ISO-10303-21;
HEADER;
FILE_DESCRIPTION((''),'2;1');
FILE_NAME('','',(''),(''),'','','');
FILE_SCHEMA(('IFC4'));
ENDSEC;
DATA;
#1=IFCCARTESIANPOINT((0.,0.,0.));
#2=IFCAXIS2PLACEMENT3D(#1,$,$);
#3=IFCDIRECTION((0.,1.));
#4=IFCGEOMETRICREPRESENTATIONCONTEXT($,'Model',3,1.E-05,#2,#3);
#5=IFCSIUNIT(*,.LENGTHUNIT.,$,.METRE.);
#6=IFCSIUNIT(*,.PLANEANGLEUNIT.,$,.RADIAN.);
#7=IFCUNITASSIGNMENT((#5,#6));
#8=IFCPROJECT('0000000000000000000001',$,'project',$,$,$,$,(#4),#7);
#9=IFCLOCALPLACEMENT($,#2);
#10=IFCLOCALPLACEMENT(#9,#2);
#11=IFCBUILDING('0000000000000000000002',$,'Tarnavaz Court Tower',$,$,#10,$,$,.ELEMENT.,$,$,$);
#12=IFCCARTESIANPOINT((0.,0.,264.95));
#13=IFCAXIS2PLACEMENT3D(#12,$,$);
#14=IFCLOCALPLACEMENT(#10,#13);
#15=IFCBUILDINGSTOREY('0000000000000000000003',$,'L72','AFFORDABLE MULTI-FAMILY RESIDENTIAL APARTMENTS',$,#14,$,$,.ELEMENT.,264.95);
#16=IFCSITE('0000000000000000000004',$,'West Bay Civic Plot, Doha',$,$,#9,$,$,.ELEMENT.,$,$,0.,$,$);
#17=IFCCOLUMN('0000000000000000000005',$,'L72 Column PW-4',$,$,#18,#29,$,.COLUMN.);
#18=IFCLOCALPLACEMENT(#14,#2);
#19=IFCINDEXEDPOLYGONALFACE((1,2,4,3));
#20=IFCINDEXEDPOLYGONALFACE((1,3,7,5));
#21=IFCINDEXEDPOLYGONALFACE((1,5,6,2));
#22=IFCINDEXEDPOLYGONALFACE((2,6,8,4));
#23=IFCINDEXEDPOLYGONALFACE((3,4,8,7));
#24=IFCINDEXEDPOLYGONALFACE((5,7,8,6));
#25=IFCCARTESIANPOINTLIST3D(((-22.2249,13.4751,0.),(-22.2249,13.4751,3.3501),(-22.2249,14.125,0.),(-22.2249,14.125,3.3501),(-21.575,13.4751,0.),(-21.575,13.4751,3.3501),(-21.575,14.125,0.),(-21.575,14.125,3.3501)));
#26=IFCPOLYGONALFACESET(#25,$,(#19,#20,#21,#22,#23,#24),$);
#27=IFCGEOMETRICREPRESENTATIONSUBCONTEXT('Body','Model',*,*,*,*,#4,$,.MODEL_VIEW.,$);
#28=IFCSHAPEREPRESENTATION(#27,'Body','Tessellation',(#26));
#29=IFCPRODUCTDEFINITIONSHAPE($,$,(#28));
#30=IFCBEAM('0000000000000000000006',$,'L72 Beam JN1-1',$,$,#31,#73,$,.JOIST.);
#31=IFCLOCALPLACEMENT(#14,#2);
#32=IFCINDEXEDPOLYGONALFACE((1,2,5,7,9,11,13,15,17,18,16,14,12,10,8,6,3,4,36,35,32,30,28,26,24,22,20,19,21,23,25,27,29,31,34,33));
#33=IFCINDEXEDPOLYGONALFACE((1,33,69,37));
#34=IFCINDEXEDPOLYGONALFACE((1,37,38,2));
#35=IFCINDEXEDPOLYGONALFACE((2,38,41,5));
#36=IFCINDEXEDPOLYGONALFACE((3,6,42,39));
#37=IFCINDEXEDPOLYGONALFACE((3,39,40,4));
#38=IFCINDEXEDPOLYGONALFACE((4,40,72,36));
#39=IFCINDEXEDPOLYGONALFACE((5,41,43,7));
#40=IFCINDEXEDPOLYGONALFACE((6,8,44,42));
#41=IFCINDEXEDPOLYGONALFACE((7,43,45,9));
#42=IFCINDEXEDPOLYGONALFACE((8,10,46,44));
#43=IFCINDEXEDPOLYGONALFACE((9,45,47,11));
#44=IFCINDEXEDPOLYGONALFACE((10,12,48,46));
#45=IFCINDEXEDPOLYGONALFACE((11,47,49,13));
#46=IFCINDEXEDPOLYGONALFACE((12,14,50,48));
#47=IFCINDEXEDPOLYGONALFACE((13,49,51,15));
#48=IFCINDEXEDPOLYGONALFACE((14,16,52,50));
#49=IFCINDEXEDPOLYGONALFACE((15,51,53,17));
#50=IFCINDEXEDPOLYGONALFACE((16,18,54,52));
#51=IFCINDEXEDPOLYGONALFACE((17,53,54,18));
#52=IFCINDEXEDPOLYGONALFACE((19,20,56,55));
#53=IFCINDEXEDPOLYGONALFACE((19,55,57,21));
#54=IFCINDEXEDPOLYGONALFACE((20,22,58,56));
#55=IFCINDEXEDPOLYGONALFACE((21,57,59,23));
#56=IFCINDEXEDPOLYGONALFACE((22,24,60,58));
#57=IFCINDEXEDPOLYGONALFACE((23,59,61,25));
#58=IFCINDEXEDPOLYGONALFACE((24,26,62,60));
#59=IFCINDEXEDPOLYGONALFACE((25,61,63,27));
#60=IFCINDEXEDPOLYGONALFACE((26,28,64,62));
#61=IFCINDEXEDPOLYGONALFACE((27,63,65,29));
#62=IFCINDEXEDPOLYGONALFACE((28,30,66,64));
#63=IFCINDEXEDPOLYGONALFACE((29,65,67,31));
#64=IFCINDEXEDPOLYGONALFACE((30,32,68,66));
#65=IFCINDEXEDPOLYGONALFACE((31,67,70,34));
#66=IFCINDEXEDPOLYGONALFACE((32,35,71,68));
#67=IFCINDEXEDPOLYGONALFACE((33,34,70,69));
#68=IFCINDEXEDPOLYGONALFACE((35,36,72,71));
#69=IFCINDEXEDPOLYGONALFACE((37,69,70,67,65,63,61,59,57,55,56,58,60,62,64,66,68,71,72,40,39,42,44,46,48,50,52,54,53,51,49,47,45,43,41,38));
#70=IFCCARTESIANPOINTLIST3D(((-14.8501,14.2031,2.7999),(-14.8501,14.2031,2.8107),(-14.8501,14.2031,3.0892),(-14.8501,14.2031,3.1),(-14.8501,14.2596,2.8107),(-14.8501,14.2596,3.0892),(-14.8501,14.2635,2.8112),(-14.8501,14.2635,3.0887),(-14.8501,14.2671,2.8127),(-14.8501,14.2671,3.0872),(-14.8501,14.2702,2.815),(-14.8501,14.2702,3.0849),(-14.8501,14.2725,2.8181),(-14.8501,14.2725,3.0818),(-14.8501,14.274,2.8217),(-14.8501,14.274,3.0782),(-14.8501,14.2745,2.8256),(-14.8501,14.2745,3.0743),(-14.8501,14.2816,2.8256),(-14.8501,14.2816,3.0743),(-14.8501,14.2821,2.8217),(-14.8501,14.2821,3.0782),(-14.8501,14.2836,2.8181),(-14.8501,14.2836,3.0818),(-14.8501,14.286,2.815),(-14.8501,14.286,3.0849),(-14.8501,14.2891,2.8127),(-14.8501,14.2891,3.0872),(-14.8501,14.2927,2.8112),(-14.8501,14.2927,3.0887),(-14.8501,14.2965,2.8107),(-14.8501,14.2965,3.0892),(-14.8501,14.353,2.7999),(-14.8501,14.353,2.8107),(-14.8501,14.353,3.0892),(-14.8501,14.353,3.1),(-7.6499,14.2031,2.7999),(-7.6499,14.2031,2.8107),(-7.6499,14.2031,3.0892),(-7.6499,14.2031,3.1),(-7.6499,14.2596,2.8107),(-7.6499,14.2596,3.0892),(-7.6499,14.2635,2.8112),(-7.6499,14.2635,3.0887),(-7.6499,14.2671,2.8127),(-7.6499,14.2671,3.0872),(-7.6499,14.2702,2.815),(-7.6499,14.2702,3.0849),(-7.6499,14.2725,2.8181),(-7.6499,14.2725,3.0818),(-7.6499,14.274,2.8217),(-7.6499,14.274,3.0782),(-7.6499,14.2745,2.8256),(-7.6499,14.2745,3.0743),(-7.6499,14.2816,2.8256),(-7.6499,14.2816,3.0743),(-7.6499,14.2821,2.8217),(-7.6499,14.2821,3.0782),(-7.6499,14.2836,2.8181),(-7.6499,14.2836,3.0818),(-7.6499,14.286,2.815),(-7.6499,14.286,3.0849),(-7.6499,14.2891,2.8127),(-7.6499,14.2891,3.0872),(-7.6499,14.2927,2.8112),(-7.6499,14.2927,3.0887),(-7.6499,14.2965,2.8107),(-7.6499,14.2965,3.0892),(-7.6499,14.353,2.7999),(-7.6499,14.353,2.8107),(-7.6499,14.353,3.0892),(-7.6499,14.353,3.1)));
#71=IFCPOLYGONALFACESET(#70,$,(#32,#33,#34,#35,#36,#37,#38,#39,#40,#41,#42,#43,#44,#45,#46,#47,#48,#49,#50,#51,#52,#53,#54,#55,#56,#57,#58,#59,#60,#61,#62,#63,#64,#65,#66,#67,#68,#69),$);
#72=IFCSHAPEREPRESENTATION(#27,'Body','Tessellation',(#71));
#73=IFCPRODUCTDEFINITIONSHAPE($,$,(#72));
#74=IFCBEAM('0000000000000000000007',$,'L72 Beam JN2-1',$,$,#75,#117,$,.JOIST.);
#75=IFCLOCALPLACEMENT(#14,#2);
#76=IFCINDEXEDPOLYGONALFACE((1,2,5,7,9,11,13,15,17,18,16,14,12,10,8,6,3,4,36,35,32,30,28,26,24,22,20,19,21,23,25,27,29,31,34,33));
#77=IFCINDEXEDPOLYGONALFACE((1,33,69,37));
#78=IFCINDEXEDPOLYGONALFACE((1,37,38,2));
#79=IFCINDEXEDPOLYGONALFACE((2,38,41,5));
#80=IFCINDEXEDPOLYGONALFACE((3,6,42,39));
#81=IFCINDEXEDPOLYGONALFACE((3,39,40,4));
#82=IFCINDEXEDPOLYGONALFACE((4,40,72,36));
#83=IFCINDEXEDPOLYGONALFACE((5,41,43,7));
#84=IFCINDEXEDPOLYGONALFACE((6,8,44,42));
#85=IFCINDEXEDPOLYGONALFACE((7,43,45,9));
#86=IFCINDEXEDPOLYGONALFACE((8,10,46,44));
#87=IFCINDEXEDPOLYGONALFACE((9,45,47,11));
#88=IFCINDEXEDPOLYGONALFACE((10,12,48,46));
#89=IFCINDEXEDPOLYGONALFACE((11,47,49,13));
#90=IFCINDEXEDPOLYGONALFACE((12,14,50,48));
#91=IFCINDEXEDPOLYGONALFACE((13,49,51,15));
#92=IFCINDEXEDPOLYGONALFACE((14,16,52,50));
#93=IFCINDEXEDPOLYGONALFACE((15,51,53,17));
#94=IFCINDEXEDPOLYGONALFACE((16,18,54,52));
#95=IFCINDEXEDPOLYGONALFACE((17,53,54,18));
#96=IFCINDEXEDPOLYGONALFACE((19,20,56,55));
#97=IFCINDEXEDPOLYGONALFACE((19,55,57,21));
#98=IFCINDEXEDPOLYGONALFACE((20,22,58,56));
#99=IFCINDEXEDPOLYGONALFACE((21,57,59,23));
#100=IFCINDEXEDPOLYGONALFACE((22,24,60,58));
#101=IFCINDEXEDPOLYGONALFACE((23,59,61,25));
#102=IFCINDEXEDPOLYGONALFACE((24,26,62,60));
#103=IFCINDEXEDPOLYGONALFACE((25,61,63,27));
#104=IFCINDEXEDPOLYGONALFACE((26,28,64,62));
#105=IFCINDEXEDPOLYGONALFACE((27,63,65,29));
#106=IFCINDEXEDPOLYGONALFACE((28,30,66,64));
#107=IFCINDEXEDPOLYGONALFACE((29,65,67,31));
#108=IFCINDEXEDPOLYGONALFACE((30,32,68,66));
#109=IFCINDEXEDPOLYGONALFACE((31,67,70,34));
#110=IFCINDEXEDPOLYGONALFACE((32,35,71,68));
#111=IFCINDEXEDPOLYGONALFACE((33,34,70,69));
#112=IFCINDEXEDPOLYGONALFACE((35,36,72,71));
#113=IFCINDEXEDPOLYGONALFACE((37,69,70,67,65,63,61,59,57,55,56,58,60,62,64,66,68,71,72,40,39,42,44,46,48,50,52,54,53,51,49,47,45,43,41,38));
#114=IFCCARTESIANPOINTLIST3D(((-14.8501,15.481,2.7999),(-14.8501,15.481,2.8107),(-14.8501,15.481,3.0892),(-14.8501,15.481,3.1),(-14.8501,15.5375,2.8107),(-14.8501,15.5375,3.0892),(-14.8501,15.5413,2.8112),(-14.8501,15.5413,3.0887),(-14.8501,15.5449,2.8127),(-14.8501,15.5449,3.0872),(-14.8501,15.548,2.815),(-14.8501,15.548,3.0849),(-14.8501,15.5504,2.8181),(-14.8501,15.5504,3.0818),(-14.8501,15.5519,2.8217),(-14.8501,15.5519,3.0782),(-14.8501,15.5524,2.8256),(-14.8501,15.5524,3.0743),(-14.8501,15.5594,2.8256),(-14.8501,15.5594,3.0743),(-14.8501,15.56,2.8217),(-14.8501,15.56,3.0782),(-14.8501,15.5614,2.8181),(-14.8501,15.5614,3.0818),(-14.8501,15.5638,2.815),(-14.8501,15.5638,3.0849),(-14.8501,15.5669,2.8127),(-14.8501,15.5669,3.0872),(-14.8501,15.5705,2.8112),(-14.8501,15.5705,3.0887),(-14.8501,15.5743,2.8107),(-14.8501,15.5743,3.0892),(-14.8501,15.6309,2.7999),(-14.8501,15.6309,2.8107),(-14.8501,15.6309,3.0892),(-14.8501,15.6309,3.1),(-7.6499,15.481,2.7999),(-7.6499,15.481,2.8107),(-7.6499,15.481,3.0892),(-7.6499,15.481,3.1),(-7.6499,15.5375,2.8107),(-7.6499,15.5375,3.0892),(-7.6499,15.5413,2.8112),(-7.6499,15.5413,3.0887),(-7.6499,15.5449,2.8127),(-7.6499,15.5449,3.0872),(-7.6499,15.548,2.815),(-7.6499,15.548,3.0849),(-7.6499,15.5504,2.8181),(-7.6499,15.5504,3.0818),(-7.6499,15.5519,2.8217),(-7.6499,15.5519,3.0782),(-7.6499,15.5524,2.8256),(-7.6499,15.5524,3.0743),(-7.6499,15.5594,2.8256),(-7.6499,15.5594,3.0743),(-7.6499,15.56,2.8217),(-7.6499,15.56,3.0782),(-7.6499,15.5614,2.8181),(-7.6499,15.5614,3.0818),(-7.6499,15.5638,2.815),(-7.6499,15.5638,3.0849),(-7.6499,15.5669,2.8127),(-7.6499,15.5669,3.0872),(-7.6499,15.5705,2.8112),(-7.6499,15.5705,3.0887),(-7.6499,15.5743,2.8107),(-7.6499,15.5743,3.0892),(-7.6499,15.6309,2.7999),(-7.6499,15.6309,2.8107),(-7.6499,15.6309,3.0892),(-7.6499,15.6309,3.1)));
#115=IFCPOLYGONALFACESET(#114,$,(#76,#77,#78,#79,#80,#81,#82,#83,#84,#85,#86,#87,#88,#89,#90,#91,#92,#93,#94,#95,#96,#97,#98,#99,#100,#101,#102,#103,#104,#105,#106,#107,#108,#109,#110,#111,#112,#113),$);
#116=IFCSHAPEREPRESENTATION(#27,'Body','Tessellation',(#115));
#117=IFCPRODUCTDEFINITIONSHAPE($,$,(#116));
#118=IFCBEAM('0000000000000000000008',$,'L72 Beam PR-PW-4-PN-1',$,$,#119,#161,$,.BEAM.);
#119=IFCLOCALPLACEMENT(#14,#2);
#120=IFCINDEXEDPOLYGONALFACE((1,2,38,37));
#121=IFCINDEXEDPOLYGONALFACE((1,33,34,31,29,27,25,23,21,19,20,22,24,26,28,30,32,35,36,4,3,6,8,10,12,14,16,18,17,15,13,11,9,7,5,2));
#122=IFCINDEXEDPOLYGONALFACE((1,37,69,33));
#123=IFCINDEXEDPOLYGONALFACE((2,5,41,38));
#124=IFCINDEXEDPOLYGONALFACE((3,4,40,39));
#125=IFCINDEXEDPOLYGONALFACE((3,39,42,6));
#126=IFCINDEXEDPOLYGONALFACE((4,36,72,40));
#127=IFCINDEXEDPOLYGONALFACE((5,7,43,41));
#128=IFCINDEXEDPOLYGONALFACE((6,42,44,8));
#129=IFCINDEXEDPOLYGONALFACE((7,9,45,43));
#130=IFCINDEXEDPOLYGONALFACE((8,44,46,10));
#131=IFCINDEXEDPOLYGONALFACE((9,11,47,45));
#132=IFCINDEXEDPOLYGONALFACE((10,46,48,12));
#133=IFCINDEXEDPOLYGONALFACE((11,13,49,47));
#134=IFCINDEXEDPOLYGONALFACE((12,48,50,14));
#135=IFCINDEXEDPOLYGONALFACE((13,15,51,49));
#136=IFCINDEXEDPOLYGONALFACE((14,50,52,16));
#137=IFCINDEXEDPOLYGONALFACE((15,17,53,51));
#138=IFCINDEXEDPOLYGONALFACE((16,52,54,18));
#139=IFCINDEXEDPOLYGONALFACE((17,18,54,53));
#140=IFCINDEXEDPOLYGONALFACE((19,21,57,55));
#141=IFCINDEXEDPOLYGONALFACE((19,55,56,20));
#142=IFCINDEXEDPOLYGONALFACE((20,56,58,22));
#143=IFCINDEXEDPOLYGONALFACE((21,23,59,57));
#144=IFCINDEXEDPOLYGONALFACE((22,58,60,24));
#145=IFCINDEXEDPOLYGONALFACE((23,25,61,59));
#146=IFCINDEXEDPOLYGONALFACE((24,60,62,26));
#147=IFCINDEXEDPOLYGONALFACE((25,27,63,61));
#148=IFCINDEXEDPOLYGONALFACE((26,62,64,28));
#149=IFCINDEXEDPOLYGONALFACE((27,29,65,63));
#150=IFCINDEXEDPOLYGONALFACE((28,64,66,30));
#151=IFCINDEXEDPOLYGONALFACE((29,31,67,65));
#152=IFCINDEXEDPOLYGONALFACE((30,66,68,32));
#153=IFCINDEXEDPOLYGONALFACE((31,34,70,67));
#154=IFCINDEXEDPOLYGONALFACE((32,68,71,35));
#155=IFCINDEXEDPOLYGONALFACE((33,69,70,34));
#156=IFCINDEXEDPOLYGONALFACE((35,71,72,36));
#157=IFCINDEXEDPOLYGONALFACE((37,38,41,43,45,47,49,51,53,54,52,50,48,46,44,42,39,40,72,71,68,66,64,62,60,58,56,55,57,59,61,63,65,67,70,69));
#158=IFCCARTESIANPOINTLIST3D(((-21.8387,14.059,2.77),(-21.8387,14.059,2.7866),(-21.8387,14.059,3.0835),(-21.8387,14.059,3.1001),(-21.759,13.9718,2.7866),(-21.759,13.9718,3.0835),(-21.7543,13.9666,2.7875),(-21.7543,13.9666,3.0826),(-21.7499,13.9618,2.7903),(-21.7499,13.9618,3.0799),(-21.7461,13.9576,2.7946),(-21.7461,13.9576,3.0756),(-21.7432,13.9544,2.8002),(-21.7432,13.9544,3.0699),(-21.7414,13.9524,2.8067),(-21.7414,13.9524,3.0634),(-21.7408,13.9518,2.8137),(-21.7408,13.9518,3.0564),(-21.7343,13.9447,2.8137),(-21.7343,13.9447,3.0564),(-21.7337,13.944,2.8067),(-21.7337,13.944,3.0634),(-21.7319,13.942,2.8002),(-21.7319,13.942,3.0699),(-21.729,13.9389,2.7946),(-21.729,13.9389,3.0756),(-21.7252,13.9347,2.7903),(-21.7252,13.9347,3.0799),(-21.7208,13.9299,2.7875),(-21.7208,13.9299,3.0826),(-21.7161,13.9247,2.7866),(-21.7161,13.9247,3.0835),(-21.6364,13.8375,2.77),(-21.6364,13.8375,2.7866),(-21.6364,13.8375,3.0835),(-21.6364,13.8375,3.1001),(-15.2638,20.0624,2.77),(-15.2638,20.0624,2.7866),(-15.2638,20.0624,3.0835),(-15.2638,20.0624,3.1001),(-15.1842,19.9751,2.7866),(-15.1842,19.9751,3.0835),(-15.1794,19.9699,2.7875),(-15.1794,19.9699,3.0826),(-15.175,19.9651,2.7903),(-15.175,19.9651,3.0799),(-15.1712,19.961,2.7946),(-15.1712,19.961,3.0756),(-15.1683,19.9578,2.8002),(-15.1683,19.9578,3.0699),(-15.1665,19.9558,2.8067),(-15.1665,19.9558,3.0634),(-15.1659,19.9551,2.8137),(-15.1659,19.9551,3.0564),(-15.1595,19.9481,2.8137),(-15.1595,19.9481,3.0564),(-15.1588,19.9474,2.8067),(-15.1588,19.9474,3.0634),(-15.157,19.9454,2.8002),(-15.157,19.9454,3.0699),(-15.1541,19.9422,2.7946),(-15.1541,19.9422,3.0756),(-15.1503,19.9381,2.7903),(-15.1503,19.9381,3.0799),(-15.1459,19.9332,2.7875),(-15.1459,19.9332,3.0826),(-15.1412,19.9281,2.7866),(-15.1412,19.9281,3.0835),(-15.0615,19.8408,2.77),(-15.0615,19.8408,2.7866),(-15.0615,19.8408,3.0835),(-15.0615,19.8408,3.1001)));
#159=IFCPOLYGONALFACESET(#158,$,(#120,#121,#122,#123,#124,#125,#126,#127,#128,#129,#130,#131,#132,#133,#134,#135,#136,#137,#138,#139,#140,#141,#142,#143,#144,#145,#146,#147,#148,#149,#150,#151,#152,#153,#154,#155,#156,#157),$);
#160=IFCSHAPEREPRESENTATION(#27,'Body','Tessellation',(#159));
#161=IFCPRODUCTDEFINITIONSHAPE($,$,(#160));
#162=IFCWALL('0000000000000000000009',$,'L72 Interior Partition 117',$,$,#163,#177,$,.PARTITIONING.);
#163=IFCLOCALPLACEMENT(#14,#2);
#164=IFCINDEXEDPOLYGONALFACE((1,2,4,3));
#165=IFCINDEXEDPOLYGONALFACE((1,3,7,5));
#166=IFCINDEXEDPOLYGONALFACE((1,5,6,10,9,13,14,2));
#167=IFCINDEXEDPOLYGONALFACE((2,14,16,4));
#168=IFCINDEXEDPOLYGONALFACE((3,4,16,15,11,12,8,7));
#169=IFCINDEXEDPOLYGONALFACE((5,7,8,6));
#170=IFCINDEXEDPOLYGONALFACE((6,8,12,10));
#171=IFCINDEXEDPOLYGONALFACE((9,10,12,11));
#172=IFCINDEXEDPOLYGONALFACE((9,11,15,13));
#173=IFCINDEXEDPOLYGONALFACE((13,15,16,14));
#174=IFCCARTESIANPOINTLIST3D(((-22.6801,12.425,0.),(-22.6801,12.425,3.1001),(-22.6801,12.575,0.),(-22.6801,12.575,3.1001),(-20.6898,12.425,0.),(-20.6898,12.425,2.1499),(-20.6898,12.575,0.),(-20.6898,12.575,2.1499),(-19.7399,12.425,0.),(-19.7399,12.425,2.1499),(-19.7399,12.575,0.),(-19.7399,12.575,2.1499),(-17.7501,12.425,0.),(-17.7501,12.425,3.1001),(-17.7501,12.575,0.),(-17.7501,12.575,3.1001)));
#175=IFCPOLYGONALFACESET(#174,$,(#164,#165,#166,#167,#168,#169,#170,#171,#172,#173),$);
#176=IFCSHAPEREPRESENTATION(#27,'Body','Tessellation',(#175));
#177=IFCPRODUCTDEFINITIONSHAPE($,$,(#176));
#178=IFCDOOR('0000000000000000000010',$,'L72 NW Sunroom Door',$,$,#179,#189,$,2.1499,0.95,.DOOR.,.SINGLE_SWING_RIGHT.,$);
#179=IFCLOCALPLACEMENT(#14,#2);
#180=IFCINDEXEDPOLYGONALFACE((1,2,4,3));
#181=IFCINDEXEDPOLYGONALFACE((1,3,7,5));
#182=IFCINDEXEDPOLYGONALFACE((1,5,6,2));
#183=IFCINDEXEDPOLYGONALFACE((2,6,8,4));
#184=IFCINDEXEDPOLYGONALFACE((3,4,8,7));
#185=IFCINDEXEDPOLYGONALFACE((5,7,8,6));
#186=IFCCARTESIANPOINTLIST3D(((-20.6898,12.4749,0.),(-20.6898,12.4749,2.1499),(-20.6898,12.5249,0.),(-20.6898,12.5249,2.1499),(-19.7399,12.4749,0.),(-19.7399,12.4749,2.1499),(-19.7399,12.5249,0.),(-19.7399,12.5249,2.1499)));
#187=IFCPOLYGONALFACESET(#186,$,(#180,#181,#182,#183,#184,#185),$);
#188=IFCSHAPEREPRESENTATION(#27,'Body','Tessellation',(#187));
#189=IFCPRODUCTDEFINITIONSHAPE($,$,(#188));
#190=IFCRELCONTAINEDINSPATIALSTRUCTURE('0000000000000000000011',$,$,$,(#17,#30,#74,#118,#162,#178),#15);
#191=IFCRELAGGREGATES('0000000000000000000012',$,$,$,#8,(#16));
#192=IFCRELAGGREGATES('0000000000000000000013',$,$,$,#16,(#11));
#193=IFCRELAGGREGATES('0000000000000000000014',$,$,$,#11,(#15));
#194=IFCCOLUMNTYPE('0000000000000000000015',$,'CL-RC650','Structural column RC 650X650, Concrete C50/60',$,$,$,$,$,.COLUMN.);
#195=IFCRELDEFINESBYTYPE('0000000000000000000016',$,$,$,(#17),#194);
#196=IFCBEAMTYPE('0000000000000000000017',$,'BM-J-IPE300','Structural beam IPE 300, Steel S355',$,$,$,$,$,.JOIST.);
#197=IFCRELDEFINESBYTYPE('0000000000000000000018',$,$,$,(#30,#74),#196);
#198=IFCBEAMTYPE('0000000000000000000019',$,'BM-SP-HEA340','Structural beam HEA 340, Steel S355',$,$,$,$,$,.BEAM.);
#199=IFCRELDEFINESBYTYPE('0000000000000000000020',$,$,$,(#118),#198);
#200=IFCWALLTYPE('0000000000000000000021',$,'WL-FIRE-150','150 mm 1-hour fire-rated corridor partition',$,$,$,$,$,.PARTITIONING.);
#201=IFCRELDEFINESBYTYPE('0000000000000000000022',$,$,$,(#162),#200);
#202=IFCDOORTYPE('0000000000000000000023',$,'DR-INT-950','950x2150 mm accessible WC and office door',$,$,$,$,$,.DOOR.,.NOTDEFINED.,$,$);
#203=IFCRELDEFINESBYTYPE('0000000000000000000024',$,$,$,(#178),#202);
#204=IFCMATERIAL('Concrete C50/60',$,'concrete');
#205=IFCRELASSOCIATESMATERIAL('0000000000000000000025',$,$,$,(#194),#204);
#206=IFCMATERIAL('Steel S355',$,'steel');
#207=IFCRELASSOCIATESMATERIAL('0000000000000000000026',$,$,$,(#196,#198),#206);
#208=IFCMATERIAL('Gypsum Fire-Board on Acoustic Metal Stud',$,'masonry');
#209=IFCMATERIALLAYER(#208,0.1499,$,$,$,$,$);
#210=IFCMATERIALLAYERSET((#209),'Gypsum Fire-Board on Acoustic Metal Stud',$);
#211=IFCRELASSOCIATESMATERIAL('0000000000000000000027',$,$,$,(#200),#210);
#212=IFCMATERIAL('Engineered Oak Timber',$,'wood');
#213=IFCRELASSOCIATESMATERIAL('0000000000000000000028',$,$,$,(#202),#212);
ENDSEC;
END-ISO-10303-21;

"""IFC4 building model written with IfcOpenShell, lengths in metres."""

from ifc_helpers import new_model, si_unit, direction, frame, frame_2d, origin, origin_2d, place, context, subcontext, project, spatial, rectangle, i_section, extrude, material, layer, layer_set, material_profile, profile_set, type_object, element, fill, save


model = new_model("IFC4")

# Units and contexts
model_context = context("Model", 3, precision=1e-05, world=origin(), true_north=direction((0.0, 1.0)))
body_context = subcontext(model_context, "Body", "Model", "MODEL_VIEW")
ifc_project = project(units=[si_unit("LENGTHUNIT", "METRE"), si_unit("PLANEANGLEUNIT", "RADIAN")], contexts=[model_context])

# Site, building, storey
site_placement = place(None, origin())
site = spatial("IfcSite", under=ifc_project, at=site_placement, Name="West Bay Civic Plot, Doha", CompositionType="ELEMENT", RefElevation=0.0)
building_placement = place(site_placement, origin())
building = spatial("IfcBuilding", under=site, at=building_placement, Name="Tarnavaz Court Tower", CompositionType="ELEMENT")
storey_placement = place(building_placement, frame((0.0, 0.0, 264.95)))
storey = spatial("IfcBuildingStorey", under=building, at=storey_placement, Name="L72", Description="AFFORDABLE MULTI-FAMILY RESIDENTIAL APARTMENTS", CompositionType="ELEMENT", Elevation=264.95)

# Column
ifc_material_1 = material(Name="Concrete C50/60", Category="concrete")
ifc_material_profile_1 = material_profile(ifc_material_1, rectangle(XDim=0.6499, YDim=0.6499, at=origin_2d()), Name="RC 650X650")
ifc_profile_set_1 = profile_set([ifc_material_profile_1], Name="Concrete C50/60")
column_type = type_object("IfcColumnType", Name="CL-RC650", Description="Structural column RC 650X650, Concrete C50/60", PredefinedType="COLUMN", material=ifc_profile_set_1)
column_placement = place(storey_placement, frame((-21.8999, 13.8, 0.0), z_axis=(0.0, 0.0, 1.0), x_axis=(1.0, 0.0, 0.0)))
element("IfcColumn", 1, at=column_placement, inside=storey, type_object=column_type, Name="L72 Column PW-4", PredefinedType="COLUMN", context=body_context, shape_type="SweptSolid", body=[
    extrude(rectangle(XDim=0.6499, YDim=0.6499, at=origin_2d()), origin(), (0.0, 0.0, 1.0), 3.3501),
])

# Beams
ifc_material_2 = material(Name="Steel S355", Category="steel")
ifc_material_profile_2 = material_profile(ifc_material_2, i_section(OverallWidth=0.1499, OverallDepth=0.3, WebThickness=0.0071, FlangeThickness=0.0107, FilletRadius=0.0149, at=origin_2d()), Name="IPE 300")
ifc_profile_set_2 = profile_set([ifc_material_profile_2], Name="Steel S355")
beam_type_1 = type_object("IfcBeamType", Name="BM-J-IPE300", Description="Structural beam IPE 300, Steel S355", PredefinedType="JOIST", material=ifc_profile_set_2)
for number, where, z_axis, x_axis, name in (
    (2, (-14.8501, 14.2781, 2.95), (1.0, 0.0, 0.0), (0.0, 1.0, 0.0), "L72 Beam JN1-1"),
    (3, (-14.8501, 15.5559, 2.95), (1.0, 0.0, 0.0), (0.0, 1.0, 0.0), "L72 Beam JN2-1"),
):
    element("IfcBeam", number, at=place(storey_placement, frame(where, z_axis=z_axis, x_axis=x_axis)), inside=storey, type_object=beam_type_1, Name=name, PredefinedType="JOIST", context=body_context, shape_type="SweptSolid", body=[
        extrude(i_section(OverallWidth=0.1499, OverallDepth=0.3, WebThickness=0.0071, FlangeThickness=0.0107, FilletRadius=0.0149, at=origin_2d()), origin(), (0.0, 0.0, 1.0), 7.2002),
    ])
ifc_material_profile_3 = material_profile(ifc_material_2, i_section(OverallWidth=0.3, OverallDepth=0.3301, WebThickness=0.0095, FlangeThickness=0.0166, FilletRadius=0.0271, at=origin_2d()), Name="HEA 340")
ifc_profile_set_3 = profile_set([ifc_material_profile_3], Name="Steel S355")
beam_type_2 = type_object("IfcBeamType", Name="BM-SP-HEA340", Description="Structural beam HEA 340, Steel S355", PredefinedType="BEAM", material=ifc_profile_set_3)
beam_placement = place(storey_placement, frame((-21.7375, 13.9482, 2.9351), z_axis=(0.738474, 0.674282, 0.0), x_axis=(-0.674282, 0.738474, 0.0)))
element("IfcBeam", 4, at=beam_placement, inside=storey, type_object=beam_type_2, Name="L72 Beam PR-PW-4-PN-1", PredefinedType="BEAM", context=body_context, shape_type="SweptSolid", body=[
    extrude(i_section(OverallWidth=0.3, OverallDepth=0.3301, WebThickness=0.0095, FlangeThickness=0.0166, FilletRadius=0.0271, at=origin_2d()), origin(), (0.0, 0.0, 1.0), 8.9033),
])

# Shared definitions
ifc_material_3 = material(Name="Gypsum Fire-Board on Acoustic Metal Stud", Category="masonry")
ifc_layer_1 = layer(ifc_material_3, 0.1499)
ifc_layer_set_1 = layer_set([ifc_layer_1], Name="Gypsum Fire-Board on Acoustic Metal Stud")
wall_type_1 = type_object("IfcWallType", Name="WL-FIRE-150", Description="150 mm 1-hour fire-rated corridor partition", PredefinedType="PARTITIONING", material=ifc_layer_set_1)

# Wall, opening, door
wall_1_placement = place(storey_placement, frame((-22.6799, 12.5, 0.0), z_axis=(0.0, 0.0, 1.0), x_axis=(1.0, 0.0, 0.0)))
wall_1 = element("IfcWall", 5, at=wall_1_placement, inside=storey, type_object=wall_type_1, Name="L72 Interior Partition 117", PredefinedType="PARTITIONING", context=body_context, shape_type="SweptSolid", body=[
    extrude(rectangle(XDim=4.9299, YDim=0.1499, at=frame_2d((2.4648, 0.0))), origin(), (0.0, 0.0, 1.0), 3.1001),
])
opening_1_placement = place(wall_1_placement, frame((1.99, 0.0, 0.0)))
opening_1 = element("IfcOpeningElement", 6, at=opening_1_placement, cuts=wall_1, PredefinedType="OPENING", context=body_context, shape_type="SweptSolid", body=[
    extrude(rectangle(XDim=0.95, YDim=2.1499, at=frame_2d((0.4751, 1.075))), frame((0.0, 0.085, 0.0), z_axis=(0.0, -1.0, 0.0), x_axis=(1.0, 0.0, 0.0)), (0.0, 0.0, 1.0), 0.1699),
])
ifc_material_4 = material(Name="Engineered Oak Timber", Category="wood")
door_type_1 = type_object("IfcDoorType", Name="DR-INT-950", Description="950x2150 mm accessible WC and office door", OperationType="NOTDEFINED", PredefinedType="DOOR", material=ifc_material_4)
door_1_placement = place(opening_1_placement, origin())
door_1 = element("IfcDoor", 7, at=door_1_placement, inside=storey, type_object=door_type_1, Name="L72 NW Sunroom Door", OperationType="SINGLE_SWING_RIGHT", OverallHeight=2.1499, OverallWidth=0.95, PredefinedType="DOOR", context=body_context, shape_type="SweptSolid", body=[
    extrude(rectangle(XDim=0.95, YDim=2.1499, at=frame_2d((0.4751, 1.075))), frame((0.0, 0.0249, 0.0), z_axis=(0.0, -1.0, 0.0), x_axis=(1.0, 0.0, 0.0)), (0.0, 0.0, 1.0), 0.05),
])
fill(opening_1, door_1)

save(model, "model.ifc")
